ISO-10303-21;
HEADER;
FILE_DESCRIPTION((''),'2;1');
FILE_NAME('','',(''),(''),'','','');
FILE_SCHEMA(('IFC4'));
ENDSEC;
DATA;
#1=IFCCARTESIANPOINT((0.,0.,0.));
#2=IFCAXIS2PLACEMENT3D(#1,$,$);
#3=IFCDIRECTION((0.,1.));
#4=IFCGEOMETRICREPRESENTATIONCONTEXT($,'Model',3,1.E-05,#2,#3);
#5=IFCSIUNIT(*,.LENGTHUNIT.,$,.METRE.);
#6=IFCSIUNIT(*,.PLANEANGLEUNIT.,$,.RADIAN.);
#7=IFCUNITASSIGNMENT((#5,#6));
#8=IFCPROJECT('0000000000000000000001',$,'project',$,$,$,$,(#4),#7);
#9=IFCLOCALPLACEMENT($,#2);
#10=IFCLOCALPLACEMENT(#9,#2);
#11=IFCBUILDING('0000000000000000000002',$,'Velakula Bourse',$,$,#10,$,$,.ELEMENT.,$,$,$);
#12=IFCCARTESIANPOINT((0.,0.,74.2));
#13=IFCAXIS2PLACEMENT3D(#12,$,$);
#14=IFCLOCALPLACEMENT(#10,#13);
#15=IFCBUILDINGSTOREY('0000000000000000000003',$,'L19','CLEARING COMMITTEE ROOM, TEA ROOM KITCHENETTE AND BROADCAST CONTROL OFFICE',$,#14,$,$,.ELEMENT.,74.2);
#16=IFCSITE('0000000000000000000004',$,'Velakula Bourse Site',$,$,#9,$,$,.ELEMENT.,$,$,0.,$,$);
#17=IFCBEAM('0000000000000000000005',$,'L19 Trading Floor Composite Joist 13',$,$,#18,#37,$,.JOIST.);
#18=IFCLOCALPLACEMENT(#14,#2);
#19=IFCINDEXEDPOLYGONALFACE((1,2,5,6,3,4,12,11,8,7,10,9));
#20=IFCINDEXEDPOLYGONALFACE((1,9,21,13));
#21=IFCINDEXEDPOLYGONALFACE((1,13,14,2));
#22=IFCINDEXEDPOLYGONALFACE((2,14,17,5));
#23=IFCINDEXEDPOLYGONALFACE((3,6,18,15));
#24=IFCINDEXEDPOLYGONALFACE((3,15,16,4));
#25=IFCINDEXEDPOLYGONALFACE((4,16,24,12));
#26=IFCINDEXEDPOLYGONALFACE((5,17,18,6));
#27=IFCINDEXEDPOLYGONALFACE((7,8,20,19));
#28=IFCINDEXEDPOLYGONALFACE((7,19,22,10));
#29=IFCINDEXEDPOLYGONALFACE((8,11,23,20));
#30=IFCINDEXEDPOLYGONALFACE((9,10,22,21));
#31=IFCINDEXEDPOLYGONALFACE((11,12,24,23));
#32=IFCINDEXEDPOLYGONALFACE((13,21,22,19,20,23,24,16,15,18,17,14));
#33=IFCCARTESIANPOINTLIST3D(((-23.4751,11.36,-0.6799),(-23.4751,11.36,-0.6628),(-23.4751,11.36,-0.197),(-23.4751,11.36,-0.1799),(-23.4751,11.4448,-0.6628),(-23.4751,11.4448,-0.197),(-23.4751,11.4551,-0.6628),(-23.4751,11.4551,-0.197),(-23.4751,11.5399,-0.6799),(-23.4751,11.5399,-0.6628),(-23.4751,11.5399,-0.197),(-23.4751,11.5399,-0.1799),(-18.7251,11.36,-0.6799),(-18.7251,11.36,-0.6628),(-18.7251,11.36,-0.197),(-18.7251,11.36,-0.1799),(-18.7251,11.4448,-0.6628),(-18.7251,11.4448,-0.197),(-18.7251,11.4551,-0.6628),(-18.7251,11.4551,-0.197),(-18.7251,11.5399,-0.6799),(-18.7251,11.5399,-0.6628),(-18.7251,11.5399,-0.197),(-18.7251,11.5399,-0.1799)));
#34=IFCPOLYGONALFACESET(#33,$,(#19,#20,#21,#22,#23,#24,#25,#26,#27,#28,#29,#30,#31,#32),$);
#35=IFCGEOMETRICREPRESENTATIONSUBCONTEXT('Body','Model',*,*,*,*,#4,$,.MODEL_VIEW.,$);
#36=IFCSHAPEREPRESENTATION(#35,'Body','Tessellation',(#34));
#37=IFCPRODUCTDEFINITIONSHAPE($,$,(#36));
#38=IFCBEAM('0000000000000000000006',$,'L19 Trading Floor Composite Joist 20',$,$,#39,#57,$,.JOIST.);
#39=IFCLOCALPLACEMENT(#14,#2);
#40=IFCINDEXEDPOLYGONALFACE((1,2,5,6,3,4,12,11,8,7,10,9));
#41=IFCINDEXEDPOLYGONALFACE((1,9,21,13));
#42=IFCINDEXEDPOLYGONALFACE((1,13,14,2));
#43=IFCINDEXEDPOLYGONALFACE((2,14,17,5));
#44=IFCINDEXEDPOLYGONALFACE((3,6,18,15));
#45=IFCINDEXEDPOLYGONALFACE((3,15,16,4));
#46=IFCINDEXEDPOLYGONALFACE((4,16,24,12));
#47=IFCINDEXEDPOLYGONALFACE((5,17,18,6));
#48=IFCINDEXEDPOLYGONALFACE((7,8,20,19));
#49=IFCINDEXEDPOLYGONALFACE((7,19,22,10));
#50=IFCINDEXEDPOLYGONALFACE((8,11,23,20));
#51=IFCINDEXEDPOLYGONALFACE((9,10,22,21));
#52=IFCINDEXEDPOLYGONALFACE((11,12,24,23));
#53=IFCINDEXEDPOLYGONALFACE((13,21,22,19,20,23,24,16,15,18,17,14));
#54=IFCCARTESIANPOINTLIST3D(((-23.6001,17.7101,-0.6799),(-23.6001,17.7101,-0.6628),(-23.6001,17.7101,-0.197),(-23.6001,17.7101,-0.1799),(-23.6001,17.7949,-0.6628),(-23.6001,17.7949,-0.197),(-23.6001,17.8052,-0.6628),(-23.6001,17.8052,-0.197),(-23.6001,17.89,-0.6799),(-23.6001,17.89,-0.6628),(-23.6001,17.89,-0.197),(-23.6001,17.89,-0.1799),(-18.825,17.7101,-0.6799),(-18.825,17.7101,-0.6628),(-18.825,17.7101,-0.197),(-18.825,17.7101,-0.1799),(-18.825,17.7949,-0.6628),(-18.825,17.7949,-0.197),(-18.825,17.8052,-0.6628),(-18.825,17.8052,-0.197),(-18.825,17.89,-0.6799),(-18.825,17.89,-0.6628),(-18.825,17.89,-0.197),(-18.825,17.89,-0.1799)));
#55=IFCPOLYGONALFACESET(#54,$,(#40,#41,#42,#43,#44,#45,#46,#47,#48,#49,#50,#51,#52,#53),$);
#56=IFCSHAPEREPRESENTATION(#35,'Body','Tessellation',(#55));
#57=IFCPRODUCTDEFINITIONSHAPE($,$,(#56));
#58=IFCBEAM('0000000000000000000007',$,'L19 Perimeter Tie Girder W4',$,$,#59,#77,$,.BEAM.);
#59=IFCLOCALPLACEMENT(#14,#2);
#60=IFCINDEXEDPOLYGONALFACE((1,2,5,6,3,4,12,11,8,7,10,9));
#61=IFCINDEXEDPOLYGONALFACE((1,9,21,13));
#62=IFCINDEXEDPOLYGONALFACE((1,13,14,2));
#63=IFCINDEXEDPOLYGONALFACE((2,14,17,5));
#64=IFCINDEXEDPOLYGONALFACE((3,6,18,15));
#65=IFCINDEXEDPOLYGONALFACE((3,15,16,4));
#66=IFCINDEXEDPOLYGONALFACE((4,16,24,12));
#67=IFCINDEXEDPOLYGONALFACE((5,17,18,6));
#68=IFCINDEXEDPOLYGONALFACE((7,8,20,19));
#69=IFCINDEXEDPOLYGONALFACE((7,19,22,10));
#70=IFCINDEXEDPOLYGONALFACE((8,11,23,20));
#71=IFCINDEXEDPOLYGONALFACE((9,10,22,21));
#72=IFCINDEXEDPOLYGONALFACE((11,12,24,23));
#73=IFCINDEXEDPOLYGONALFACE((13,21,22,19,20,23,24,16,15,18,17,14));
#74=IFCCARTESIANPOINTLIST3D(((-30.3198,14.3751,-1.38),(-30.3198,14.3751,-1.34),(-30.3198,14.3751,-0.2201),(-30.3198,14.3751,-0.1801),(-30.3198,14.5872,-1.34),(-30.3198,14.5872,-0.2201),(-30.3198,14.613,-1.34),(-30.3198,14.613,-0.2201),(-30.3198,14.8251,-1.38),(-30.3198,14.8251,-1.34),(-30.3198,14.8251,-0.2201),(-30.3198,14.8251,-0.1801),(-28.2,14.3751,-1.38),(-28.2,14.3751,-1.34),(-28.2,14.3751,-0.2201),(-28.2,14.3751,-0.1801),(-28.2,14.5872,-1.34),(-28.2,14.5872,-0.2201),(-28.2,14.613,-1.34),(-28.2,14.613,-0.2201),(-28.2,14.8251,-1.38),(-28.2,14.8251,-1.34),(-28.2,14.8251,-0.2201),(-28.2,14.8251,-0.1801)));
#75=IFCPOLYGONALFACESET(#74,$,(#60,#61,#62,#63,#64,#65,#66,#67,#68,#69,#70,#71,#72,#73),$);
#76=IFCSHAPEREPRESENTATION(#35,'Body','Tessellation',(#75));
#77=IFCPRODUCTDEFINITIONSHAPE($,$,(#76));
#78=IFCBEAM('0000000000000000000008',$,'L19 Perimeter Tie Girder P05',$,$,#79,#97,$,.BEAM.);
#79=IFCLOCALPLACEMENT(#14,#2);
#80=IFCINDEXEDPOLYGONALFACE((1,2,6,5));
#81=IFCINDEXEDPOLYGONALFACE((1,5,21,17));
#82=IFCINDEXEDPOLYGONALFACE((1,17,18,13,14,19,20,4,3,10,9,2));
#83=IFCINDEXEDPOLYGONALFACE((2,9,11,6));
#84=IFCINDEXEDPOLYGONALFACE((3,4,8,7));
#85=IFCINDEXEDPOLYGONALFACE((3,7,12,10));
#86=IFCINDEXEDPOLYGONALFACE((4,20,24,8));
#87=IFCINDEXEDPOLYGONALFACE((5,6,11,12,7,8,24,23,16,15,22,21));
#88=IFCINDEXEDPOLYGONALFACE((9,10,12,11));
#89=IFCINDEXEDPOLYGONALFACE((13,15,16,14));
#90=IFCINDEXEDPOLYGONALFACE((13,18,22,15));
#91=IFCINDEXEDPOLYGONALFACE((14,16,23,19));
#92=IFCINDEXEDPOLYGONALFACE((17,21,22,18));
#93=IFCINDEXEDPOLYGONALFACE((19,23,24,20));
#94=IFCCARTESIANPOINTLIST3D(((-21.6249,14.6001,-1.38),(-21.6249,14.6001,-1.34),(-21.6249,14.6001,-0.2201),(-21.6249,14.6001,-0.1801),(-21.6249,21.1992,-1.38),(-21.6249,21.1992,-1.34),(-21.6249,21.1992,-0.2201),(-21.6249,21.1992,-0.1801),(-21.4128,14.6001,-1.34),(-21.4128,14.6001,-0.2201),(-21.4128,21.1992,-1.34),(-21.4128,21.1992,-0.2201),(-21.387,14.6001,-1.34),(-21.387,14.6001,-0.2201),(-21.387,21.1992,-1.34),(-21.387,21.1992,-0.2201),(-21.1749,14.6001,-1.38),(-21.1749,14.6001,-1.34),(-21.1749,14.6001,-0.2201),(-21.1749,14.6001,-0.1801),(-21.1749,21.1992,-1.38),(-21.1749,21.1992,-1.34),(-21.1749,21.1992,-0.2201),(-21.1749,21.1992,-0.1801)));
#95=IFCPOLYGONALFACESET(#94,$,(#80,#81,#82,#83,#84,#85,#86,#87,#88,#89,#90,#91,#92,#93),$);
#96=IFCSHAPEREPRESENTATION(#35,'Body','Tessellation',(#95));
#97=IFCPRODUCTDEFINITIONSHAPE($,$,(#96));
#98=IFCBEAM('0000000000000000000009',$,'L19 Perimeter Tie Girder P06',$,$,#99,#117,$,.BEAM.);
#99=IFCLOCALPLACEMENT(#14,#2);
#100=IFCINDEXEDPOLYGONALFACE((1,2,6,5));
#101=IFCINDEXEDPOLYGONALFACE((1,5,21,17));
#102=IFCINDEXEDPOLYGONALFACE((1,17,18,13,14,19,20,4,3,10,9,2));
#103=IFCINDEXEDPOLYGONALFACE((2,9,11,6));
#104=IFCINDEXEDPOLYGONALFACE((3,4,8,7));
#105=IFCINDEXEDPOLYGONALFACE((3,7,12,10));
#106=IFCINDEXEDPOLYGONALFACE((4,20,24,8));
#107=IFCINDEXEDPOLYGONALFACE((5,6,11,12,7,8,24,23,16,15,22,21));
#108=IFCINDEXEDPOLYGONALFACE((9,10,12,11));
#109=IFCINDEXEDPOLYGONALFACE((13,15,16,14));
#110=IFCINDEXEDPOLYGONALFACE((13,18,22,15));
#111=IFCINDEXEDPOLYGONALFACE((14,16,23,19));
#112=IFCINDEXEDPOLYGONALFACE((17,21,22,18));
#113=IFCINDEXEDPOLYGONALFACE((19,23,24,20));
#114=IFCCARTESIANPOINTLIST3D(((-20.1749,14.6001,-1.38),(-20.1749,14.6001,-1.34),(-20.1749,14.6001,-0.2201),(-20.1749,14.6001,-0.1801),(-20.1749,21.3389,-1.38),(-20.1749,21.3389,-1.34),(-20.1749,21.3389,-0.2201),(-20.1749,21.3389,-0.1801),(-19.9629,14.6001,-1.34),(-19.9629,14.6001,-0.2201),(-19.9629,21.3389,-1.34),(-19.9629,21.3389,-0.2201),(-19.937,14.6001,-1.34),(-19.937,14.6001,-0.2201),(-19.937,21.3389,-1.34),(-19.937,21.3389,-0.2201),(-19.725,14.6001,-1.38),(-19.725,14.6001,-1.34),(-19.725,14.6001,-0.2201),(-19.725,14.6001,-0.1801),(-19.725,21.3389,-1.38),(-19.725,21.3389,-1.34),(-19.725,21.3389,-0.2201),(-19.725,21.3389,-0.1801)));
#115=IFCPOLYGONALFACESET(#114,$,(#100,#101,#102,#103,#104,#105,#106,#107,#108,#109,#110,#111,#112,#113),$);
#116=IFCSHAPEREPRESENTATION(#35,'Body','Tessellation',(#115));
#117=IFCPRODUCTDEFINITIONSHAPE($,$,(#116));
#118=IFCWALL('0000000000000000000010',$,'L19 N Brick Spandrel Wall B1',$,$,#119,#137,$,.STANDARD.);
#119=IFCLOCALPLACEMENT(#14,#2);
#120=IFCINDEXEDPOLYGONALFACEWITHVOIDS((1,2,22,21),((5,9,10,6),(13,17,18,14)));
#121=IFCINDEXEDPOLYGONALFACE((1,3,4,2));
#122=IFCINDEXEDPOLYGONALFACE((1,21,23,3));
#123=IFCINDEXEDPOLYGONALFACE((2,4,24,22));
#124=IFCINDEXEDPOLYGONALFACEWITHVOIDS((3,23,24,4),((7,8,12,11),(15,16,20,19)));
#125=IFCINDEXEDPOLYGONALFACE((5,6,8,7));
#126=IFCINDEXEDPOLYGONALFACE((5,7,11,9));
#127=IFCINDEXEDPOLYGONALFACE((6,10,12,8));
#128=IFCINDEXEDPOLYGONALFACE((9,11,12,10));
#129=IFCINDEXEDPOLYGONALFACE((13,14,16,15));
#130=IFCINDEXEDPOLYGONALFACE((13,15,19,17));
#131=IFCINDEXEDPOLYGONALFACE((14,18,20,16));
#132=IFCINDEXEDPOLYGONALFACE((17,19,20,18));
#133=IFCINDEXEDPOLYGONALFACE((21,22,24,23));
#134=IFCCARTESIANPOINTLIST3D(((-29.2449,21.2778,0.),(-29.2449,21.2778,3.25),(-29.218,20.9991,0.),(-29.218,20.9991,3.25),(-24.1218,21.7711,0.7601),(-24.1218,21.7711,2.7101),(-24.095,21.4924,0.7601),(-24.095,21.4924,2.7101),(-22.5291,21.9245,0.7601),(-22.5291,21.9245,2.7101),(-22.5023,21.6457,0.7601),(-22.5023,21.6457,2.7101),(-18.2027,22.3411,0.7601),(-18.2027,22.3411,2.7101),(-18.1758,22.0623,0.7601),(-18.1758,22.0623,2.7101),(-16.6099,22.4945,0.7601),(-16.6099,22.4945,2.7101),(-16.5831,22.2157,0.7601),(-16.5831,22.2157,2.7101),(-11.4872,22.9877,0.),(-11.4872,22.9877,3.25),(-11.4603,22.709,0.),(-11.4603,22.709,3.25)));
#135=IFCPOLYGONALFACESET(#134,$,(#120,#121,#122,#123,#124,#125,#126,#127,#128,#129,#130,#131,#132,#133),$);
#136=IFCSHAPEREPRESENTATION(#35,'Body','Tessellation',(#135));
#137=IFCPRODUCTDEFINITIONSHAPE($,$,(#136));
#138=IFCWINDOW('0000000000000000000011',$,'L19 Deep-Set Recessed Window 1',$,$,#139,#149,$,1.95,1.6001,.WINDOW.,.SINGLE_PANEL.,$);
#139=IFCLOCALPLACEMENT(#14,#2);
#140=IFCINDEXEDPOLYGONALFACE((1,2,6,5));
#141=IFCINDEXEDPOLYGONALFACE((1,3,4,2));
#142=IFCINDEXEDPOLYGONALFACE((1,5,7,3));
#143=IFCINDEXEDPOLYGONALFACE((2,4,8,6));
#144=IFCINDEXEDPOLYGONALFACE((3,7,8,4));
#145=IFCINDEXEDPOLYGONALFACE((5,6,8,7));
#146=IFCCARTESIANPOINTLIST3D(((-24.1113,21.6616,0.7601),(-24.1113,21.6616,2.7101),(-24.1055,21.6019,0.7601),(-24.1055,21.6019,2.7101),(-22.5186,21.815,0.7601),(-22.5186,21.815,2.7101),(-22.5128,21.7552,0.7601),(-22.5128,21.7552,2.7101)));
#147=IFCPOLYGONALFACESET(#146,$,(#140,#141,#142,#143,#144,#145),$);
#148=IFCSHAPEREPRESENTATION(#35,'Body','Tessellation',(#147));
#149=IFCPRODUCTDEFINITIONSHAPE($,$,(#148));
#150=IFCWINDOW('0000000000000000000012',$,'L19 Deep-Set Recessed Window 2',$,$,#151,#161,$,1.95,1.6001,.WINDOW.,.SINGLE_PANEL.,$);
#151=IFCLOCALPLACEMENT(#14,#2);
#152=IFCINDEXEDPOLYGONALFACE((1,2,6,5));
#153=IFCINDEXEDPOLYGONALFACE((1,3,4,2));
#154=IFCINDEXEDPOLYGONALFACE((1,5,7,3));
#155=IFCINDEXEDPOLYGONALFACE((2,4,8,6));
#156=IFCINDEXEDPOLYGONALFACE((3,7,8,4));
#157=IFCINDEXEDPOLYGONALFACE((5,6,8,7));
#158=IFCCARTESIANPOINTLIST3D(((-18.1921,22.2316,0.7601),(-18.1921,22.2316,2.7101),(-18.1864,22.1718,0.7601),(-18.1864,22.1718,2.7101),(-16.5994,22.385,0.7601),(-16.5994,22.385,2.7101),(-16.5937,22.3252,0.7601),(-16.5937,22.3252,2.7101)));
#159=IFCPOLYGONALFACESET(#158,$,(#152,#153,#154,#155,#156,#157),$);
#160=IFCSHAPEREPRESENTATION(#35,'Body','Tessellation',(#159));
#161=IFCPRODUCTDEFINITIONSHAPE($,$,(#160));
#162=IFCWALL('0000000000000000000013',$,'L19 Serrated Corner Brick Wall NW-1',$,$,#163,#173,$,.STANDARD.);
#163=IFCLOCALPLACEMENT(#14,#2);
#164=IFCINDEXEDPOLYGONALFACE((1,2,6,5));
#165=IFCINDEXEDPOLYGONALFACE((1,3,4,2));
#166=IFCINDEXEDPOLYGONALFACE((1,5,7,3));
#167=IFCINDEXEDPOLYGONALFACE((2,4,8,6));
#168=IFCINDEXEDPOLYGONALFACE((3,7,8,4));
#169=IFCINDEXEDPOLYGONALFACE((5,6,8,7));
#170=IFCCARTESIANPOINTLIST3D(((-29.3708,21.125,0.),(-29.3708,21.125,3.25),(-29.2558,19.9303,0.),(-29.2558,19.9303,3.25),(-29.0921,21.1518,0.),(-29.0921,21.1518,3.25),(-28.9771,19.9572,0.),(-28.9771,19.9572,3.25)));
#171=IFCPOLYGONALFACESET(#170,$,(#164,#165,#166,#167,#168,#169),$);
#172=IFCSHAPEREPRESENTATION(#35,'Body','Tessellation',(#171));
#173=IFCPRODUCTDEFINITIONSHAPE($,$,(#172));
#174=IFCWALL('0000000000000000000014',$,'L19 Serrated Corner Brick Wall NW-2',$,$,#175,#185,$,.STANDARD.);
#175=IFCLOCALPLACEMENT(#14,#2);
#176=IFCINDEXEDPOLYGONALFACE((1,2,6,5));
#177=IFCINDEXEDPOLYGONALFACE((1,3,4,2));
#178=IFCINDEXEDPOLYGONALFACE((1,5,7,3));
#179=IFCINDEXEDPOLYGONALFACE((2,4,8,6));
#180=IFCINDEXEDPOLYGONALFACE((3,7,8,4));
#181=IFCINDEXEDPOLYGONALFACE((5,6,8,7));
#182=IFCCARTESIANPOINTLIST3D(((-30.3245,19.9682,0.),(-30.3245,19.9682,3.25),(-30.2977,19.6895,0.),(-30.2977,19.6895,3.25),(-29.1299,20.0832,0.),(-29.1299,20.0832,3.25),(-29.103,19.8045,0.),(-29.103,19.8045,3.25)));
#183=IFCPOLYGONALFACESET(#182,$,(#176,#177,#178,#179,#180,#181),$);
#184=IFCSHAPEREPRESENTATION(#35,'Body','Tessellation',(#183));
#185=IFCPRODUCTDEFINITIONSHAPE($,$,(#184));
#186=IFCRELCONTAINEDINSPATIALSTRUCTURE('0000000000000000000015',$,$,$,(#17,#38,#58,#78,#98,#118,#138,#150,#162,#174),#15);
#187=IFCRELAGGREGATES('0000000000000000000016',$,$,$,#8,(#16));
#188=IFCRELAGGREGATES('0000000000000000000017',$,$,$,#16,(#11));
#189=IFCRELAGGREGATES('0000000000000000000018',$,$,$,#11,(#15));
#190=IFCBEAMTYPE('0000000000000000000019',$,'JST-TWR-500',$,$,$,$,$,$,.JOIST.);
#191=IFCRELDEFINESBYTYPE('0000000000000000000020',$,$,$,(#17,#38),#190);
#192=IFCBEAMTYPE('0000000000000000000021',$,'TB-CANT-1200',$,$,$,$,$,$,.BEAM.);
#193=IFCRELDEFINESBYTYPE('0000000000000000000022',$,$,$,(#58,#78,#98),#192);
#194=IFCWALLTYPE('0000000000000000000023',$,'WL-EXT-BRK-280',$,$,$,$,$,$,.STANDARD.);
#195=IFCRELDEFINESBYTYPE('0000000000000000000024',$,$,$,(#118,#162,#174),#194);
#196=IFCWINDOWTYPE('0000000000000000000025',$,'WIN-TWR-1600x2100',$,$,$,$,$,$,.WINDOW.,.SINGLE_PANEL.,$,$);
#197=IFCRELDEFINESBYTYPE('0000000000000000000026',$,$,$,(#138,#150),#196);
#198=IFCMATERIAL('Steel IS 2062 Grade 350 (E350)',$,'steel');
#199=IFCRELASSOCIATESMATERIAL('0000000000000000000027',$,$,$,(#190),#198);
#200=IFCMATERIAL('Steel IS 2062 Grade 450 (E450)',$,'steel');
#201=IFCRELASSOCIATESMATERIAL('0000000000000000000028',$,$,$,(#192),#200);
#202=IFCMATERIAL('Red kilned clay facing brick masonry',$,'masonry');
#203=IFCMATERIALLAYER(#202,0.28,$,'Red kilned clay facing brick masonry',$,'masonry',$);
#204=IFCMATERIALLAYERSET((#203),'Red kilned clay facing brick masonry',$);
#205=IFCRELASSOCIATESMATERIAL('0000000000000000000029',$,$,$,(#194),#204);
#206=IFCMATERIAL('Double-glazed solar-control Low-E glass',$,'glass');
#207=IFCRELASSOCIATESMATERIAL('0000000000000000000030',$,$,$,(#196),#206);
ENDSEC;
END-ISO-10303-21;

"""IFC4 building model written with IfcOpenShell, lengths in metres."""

from ifc_helpers import new_model, si_unit, direction, frame, frame_2d, origin, origin_2d, place, context, subcontext, project, spatial, rectangle, i_section, extrude, material, layer, layer_set, material_profile, profile_set, type_object, element, fill, save


model = new_model("IFC4")

# Units and contexts
model_context = context("Model", 3, precision=1e-05, world=origin(), true_north=direction((0.0, 1.0)))
body_context = subcontext(model_context, "Body", "Model", "MODEL_VIEW")
ifc_project = project(units=[si_unit("LENGTHUNIT", "METRE"), si_unit("PLANEANGLEUNIT", "RADIAN")], contexts=[model_context])

# Site, building, storey
site_placement = place(None, origin())
site = spatial("IfcSite", under=ifc_project, at=site_placement, Name="Velakula Bourse Site", CompositionType="ELEMENT", RefElevation=0.0)
building_placement = place(site_placement, origin())
building = spatial("IfcBuilding", under=site, at=building_placement, Name="Velakula Bourse", CompositionType="ELEMENT")
storey_placement = place(building_placement, frame((0.0, 0.0, 74.2)))
storey = spatial("IfcBuildingStorey", under=building, at=storey_placement, Name="L19", Description="CLEARING COMMITTEE ROOM, TEA ROOM KITCHENETTE AND BROADCAST CONTROL OFFICE", CompositionType="ELEMENT", Elevation=74.2)

# Shared definitions
ifc_material_1 = material(Name="Steel IS 2062 Grade 450 (E450)", Category="steel")

# Beams
ifc_material_2 = material(Name="Steel IS 2062 Grade 350 (E350)", Category="steel")
ifc_material_profile_1 = material_profile(ifc_material_2, i_section(OverallWidth=0.1799, OverallDepth=0.5, WebThickness=0.0103, FlangeThickness=0.0171, at=origin_2d()), Name="Steel IS 2062 Grade 350 (E350)")
ifc_profile_set_1 = profile_set([ifc_material_profile_1], Name="Steel IS 2062 Grade 350 (E350)")
beam_type_1 = type_object("IfcBeamType", Name="JST-TWR-500", PredefinedType="JOIST", material=ifc_profile_set_1)
beam_1_placement = place(storey_placement, frame((-23.4751, 11.45, -0.4299), z_axis=(1.0, 0.0, 0.0), x_axis=(0.0, 1.0, 0.0)))
element("IfcBeam", 1, at=beam_1_placement, inside=storey, type_object=beam_type_1, Name="L19 Trading Floor Composite Joist 13", PredefinedType="JOIST", context=body_context, shape_type="SweptSolid", body=[
    extrude(i_section(OverallWidth=0.1799, OverallDepth=0.5, WebThickness=0.0103, FlangeThickness=0.0171, at=origin_2d()), origin(), (0.0, 0.0, 1.0), 4.75),
])
beam_2_placement = place(storey_placement, frame((-23.6001, 17.8, -0.4299), z_axis=(1.0, 0.0, 0.0), x_axis=(0.0, 1.0, 0.0)))
element("IfcBeam", 2, at=beam_2_placement, inside=storey, type_object=beam_type_1, Name="L19 Trading Floor Composite Joist 20", PredefinedType="JOIST", context=body_context, shape_type="SweptSolid", body=[
    extrude(i_section(OverallWidth=0.1799, OverallDepth=0.5, WebThickness=0.0103, FlangeThickness=0.0171, at=origin_2d()), origin(), (0.0, 0.0, 1.0), 4.7751),
])
ifc_material_profile_2 = material_profile(ifc_material_1, i_section(OverallWidth=0.45, OverallDepth=1.2, WebThickness=0.0259, FlangeThickness=0.04, at=origin_2d()), Name="Steel IS 2062 Grade 450 (E450)")
ifc_profile_set_2 = profile_set([ifc_material_profile_2], Name="Steel IS 2062 Grade 450 (E450)")
beam_type_2 = type_object("IfcBeamType", Name="TB-CANT-1200", PredefinedType="BEAM", material=ifc_profile_set_2)
beam_3_placement = place(storey_placement, frame((-28.2, 14.6001, -0.78), z_axis=(-1.0, 0.0, 0.0), x_axis=(0.0, -1.0, 0.0)))
element("IfcBeam", 3, at=beam_3_placement, inside=storey, type_object=beam_type_2, Name="L19 Perimeter Tie Girder W4", PredefinedType="BEAM", context=body_context, shape_type="SweptSolid", body=[
    extrude(i_section(OverallWidth=0.45, OverallDepth=1.2, WebThickness=0.0259, FlangeThickness=0.04, at=origin_2d()), origin(), (0.0, 0.0, 1.0), 2.1199),
])
beam_4_placement = place(storey_placement, frame((-21.3999, 14.6001, -0.78), z_axis=(0.0, 1.0, 0.0), x_axis=(-1.0, 0.0, 0.0)))
element("IfcBeam", 4, at=beam_4_placement, inside=storey, type_object=beam_type_2, Name="L19 Perimeter Tie Girder P05", PredefinedType="BEAM", context=body_context, shape_type="SweptSolid", body=[
    extrude(i_section(OverallWidth=0.45, OverallDepth=1.2, WebThickness=0.0259, FlangeThickness=0.04, at=origin_2d()), origin(), (0.0, 0.0, 1.0), 6.5991),
])
beam_5_placement = place(storey_placement, frame((-19.95, 14.6001, -0.78), z_axis=(0.0, 1.0, 0.0), x_axis=(-1.0, 0.0, 0.0)))
element("IfcBeam", 5, at=beam_5_placement, inside=storey, type_object=beam_type_2, Name="L19 Perimeter Tie Girder P06", PredefinedType="BEAM", context=body_context, shape_type="SweptSolid", body=[
    extrude(i_section(OverallWidth=0.45, OverallDepth=1.2, WebThickness=0.0259, FlangeThickness=0.04, at=origin_2d()), origin(), (0.0, 0.0, 1.0), 6.7388),
])

# Wall, openings, windows
ifc_material_3 = material(Name="Red kilned clay facing brick masonry", Category="masonry")
ifc_layer_1 = layer(ifc_material_3, 0.28, Name="Red kilned clay facing brick masonry", Category="masonry")
ifc_layer_set_1 = layer_set([ifc_layer_1], Name="Red kilned clay facing brick masonry")
wall_type_1 = type_object("IfcWallType", Name="WL-EXT-BRK-280", PredefinedType="STANDARD", material=ifc_layer_set_1)
wall_1_placement = place(storey_placement, frame((-29.2314, 21.1384, 0.0), z_axis=(0.0, 0.0, 1.0), x_axis=(0.995396, 0.09585, 0.0)))
wall_1 = element("IfcWall", 6, at=wall_1_placement, inside=storey, type_object=wall_type_1, Name="L19 N Brick Spandrel Wall B1", PredefinedType="STANDARD", context=body_context, shape_type="SweptSolid", body=[
    extrude(rectangle(XDim=17.8398, YDim=0.28, at=frame_2d((8.9199, 0.0))), origin(), (0.0, 0.0, 1.0), 3.25),
])
opening_1_placement = place(wall_1_placement, frame((5.1467, 0.0, 0.76)))
opening_1 = element("IfcOpeningElement", 7, at=opening_1_placement, cuts=wall_1, PredefinedType="OPENING", context=body_context, shape_type="SweptSolid", body=[
    extrude(rectangle(XDim=1.6001, YDim=1.95, at=frame_2d((0.8, 0.9751))), frame((0.0, 0.1499, 0.0), z_axis=(0.0, -1.0, 0.0), x_axis=(1.0, 0.0, 0.0)), (0.0, 0.0, 1.0), 0.3),
])
opening_2_placement = place(wall_1_placement, frame((11.0933, 0.0, 0.76)))
opening_2 = element("IfcOpeningElement", 8, at=opening_2_placement, cuts=wall_1, PredefinedType="OPENING", context=body_context, shape_type="SweptSolid", body=[
    extrude(rectangle(XDim=1.6001, YDim=1.95, at=frame_2d((0.8, 0.9751))), frame((0.0, 0.1499, 0.0), z_axis=(0.0, -1.0, 0.0), x_axis=(1.0, 0.0, 0.0)), (0.0, 0.0, 1.0), 0.3),
])
ifc_material_4 = material(Name="Double-glazed solar-control Low-E glass", Category="glass")
window_type = type_object("IfcWindowType", Name="WIN-TWR-1600x2100", PartitioningType="SINGLE_PANEL", PredefinedType="WINDOW", material=ifc_material_4)
window_1_placement = place(opening_1_placement, origin())
window_1 = element("IfcWindow", 9, at=window_1_placement, inside=storey, type_object=window_type, Name="L19 Deep-Set Recessed Window 1", OverallHeight=1.95, OverallWidth=1.6001, PartitioningType="SINGLE_PANEL", PredefinedType="WINDOW", context=body_context, shape_type="SweptSolid", body=[
    extrude(rectangle(XDim=1.6001, YDim=1.95, at=frame_2d((0.8, 0.9751))), frame((0.0, 0.03, 0.0), z_axis=(0.0, -1.0, 0.0), x_axis=(1.0, 0.0, 0.0)), (0.0, 0.0, 1.0), 0.0601),
])
fill(opening_1, window_1)
window_2_placement = place(opening_2_placement, origin())
window_2 = element("IfcWindow", 10, at=window_2_placement, inside=storey, type_object=window_type, Name="L19 Deep-Set Recessed Window 2", OverallHeight=1.95, OverallWidth=1.6001, PartitioningType="SINGLE_PANEL", PredefinedType="WINDOW", context=body_context, shape_type="SweptSolid", body=[
    extrude(rectangle(XDim=1.6001, YDim=1.95, at=frame_2d((0.8, 0.9751))), frame((0.0, 0.03, 0.0), z_axis=(0.0, -1.0, 0.0), x_axis=(1.0, 0.0, 0.0)), (0.0, 0.0, 1.0), 0.0601),
])
fill(opening_2, window_2)

# Walls
for number, where, z_axis, x_axis, name in (
    (11, (-29.2314, 21.1384, 0.0), (0.0, 0.0, 1.0), (0.095817, -0.995399, 0.0), "L19 Serrated Corner Brick Wall NW-1"),
    (12, (-29.1165, 19.9438, 0.0), (0.0, 0.0, 1.0), (-0.995399, -0.095817, 0.0), "L19 Serrated Corner Brick Wall NW-2"),
):
    element("IfcWall", number, at=place(storey_placement, frame(where, z_axis=z_axis, x_axis=x_axis)), inside=storey, type_object=wall_type_1, Name=name, PredefinedType="STANDARD", context=body_context, shape_type="SweptSolid", body=[
        extrude(rectangle(XDim=1.2002, YDim=0.28, at=frame_2d((0.6001, 0.0))), origin(), (0.0, 0.0, 1.0), 3.25),
    ])

save(model, "model.ifc")
